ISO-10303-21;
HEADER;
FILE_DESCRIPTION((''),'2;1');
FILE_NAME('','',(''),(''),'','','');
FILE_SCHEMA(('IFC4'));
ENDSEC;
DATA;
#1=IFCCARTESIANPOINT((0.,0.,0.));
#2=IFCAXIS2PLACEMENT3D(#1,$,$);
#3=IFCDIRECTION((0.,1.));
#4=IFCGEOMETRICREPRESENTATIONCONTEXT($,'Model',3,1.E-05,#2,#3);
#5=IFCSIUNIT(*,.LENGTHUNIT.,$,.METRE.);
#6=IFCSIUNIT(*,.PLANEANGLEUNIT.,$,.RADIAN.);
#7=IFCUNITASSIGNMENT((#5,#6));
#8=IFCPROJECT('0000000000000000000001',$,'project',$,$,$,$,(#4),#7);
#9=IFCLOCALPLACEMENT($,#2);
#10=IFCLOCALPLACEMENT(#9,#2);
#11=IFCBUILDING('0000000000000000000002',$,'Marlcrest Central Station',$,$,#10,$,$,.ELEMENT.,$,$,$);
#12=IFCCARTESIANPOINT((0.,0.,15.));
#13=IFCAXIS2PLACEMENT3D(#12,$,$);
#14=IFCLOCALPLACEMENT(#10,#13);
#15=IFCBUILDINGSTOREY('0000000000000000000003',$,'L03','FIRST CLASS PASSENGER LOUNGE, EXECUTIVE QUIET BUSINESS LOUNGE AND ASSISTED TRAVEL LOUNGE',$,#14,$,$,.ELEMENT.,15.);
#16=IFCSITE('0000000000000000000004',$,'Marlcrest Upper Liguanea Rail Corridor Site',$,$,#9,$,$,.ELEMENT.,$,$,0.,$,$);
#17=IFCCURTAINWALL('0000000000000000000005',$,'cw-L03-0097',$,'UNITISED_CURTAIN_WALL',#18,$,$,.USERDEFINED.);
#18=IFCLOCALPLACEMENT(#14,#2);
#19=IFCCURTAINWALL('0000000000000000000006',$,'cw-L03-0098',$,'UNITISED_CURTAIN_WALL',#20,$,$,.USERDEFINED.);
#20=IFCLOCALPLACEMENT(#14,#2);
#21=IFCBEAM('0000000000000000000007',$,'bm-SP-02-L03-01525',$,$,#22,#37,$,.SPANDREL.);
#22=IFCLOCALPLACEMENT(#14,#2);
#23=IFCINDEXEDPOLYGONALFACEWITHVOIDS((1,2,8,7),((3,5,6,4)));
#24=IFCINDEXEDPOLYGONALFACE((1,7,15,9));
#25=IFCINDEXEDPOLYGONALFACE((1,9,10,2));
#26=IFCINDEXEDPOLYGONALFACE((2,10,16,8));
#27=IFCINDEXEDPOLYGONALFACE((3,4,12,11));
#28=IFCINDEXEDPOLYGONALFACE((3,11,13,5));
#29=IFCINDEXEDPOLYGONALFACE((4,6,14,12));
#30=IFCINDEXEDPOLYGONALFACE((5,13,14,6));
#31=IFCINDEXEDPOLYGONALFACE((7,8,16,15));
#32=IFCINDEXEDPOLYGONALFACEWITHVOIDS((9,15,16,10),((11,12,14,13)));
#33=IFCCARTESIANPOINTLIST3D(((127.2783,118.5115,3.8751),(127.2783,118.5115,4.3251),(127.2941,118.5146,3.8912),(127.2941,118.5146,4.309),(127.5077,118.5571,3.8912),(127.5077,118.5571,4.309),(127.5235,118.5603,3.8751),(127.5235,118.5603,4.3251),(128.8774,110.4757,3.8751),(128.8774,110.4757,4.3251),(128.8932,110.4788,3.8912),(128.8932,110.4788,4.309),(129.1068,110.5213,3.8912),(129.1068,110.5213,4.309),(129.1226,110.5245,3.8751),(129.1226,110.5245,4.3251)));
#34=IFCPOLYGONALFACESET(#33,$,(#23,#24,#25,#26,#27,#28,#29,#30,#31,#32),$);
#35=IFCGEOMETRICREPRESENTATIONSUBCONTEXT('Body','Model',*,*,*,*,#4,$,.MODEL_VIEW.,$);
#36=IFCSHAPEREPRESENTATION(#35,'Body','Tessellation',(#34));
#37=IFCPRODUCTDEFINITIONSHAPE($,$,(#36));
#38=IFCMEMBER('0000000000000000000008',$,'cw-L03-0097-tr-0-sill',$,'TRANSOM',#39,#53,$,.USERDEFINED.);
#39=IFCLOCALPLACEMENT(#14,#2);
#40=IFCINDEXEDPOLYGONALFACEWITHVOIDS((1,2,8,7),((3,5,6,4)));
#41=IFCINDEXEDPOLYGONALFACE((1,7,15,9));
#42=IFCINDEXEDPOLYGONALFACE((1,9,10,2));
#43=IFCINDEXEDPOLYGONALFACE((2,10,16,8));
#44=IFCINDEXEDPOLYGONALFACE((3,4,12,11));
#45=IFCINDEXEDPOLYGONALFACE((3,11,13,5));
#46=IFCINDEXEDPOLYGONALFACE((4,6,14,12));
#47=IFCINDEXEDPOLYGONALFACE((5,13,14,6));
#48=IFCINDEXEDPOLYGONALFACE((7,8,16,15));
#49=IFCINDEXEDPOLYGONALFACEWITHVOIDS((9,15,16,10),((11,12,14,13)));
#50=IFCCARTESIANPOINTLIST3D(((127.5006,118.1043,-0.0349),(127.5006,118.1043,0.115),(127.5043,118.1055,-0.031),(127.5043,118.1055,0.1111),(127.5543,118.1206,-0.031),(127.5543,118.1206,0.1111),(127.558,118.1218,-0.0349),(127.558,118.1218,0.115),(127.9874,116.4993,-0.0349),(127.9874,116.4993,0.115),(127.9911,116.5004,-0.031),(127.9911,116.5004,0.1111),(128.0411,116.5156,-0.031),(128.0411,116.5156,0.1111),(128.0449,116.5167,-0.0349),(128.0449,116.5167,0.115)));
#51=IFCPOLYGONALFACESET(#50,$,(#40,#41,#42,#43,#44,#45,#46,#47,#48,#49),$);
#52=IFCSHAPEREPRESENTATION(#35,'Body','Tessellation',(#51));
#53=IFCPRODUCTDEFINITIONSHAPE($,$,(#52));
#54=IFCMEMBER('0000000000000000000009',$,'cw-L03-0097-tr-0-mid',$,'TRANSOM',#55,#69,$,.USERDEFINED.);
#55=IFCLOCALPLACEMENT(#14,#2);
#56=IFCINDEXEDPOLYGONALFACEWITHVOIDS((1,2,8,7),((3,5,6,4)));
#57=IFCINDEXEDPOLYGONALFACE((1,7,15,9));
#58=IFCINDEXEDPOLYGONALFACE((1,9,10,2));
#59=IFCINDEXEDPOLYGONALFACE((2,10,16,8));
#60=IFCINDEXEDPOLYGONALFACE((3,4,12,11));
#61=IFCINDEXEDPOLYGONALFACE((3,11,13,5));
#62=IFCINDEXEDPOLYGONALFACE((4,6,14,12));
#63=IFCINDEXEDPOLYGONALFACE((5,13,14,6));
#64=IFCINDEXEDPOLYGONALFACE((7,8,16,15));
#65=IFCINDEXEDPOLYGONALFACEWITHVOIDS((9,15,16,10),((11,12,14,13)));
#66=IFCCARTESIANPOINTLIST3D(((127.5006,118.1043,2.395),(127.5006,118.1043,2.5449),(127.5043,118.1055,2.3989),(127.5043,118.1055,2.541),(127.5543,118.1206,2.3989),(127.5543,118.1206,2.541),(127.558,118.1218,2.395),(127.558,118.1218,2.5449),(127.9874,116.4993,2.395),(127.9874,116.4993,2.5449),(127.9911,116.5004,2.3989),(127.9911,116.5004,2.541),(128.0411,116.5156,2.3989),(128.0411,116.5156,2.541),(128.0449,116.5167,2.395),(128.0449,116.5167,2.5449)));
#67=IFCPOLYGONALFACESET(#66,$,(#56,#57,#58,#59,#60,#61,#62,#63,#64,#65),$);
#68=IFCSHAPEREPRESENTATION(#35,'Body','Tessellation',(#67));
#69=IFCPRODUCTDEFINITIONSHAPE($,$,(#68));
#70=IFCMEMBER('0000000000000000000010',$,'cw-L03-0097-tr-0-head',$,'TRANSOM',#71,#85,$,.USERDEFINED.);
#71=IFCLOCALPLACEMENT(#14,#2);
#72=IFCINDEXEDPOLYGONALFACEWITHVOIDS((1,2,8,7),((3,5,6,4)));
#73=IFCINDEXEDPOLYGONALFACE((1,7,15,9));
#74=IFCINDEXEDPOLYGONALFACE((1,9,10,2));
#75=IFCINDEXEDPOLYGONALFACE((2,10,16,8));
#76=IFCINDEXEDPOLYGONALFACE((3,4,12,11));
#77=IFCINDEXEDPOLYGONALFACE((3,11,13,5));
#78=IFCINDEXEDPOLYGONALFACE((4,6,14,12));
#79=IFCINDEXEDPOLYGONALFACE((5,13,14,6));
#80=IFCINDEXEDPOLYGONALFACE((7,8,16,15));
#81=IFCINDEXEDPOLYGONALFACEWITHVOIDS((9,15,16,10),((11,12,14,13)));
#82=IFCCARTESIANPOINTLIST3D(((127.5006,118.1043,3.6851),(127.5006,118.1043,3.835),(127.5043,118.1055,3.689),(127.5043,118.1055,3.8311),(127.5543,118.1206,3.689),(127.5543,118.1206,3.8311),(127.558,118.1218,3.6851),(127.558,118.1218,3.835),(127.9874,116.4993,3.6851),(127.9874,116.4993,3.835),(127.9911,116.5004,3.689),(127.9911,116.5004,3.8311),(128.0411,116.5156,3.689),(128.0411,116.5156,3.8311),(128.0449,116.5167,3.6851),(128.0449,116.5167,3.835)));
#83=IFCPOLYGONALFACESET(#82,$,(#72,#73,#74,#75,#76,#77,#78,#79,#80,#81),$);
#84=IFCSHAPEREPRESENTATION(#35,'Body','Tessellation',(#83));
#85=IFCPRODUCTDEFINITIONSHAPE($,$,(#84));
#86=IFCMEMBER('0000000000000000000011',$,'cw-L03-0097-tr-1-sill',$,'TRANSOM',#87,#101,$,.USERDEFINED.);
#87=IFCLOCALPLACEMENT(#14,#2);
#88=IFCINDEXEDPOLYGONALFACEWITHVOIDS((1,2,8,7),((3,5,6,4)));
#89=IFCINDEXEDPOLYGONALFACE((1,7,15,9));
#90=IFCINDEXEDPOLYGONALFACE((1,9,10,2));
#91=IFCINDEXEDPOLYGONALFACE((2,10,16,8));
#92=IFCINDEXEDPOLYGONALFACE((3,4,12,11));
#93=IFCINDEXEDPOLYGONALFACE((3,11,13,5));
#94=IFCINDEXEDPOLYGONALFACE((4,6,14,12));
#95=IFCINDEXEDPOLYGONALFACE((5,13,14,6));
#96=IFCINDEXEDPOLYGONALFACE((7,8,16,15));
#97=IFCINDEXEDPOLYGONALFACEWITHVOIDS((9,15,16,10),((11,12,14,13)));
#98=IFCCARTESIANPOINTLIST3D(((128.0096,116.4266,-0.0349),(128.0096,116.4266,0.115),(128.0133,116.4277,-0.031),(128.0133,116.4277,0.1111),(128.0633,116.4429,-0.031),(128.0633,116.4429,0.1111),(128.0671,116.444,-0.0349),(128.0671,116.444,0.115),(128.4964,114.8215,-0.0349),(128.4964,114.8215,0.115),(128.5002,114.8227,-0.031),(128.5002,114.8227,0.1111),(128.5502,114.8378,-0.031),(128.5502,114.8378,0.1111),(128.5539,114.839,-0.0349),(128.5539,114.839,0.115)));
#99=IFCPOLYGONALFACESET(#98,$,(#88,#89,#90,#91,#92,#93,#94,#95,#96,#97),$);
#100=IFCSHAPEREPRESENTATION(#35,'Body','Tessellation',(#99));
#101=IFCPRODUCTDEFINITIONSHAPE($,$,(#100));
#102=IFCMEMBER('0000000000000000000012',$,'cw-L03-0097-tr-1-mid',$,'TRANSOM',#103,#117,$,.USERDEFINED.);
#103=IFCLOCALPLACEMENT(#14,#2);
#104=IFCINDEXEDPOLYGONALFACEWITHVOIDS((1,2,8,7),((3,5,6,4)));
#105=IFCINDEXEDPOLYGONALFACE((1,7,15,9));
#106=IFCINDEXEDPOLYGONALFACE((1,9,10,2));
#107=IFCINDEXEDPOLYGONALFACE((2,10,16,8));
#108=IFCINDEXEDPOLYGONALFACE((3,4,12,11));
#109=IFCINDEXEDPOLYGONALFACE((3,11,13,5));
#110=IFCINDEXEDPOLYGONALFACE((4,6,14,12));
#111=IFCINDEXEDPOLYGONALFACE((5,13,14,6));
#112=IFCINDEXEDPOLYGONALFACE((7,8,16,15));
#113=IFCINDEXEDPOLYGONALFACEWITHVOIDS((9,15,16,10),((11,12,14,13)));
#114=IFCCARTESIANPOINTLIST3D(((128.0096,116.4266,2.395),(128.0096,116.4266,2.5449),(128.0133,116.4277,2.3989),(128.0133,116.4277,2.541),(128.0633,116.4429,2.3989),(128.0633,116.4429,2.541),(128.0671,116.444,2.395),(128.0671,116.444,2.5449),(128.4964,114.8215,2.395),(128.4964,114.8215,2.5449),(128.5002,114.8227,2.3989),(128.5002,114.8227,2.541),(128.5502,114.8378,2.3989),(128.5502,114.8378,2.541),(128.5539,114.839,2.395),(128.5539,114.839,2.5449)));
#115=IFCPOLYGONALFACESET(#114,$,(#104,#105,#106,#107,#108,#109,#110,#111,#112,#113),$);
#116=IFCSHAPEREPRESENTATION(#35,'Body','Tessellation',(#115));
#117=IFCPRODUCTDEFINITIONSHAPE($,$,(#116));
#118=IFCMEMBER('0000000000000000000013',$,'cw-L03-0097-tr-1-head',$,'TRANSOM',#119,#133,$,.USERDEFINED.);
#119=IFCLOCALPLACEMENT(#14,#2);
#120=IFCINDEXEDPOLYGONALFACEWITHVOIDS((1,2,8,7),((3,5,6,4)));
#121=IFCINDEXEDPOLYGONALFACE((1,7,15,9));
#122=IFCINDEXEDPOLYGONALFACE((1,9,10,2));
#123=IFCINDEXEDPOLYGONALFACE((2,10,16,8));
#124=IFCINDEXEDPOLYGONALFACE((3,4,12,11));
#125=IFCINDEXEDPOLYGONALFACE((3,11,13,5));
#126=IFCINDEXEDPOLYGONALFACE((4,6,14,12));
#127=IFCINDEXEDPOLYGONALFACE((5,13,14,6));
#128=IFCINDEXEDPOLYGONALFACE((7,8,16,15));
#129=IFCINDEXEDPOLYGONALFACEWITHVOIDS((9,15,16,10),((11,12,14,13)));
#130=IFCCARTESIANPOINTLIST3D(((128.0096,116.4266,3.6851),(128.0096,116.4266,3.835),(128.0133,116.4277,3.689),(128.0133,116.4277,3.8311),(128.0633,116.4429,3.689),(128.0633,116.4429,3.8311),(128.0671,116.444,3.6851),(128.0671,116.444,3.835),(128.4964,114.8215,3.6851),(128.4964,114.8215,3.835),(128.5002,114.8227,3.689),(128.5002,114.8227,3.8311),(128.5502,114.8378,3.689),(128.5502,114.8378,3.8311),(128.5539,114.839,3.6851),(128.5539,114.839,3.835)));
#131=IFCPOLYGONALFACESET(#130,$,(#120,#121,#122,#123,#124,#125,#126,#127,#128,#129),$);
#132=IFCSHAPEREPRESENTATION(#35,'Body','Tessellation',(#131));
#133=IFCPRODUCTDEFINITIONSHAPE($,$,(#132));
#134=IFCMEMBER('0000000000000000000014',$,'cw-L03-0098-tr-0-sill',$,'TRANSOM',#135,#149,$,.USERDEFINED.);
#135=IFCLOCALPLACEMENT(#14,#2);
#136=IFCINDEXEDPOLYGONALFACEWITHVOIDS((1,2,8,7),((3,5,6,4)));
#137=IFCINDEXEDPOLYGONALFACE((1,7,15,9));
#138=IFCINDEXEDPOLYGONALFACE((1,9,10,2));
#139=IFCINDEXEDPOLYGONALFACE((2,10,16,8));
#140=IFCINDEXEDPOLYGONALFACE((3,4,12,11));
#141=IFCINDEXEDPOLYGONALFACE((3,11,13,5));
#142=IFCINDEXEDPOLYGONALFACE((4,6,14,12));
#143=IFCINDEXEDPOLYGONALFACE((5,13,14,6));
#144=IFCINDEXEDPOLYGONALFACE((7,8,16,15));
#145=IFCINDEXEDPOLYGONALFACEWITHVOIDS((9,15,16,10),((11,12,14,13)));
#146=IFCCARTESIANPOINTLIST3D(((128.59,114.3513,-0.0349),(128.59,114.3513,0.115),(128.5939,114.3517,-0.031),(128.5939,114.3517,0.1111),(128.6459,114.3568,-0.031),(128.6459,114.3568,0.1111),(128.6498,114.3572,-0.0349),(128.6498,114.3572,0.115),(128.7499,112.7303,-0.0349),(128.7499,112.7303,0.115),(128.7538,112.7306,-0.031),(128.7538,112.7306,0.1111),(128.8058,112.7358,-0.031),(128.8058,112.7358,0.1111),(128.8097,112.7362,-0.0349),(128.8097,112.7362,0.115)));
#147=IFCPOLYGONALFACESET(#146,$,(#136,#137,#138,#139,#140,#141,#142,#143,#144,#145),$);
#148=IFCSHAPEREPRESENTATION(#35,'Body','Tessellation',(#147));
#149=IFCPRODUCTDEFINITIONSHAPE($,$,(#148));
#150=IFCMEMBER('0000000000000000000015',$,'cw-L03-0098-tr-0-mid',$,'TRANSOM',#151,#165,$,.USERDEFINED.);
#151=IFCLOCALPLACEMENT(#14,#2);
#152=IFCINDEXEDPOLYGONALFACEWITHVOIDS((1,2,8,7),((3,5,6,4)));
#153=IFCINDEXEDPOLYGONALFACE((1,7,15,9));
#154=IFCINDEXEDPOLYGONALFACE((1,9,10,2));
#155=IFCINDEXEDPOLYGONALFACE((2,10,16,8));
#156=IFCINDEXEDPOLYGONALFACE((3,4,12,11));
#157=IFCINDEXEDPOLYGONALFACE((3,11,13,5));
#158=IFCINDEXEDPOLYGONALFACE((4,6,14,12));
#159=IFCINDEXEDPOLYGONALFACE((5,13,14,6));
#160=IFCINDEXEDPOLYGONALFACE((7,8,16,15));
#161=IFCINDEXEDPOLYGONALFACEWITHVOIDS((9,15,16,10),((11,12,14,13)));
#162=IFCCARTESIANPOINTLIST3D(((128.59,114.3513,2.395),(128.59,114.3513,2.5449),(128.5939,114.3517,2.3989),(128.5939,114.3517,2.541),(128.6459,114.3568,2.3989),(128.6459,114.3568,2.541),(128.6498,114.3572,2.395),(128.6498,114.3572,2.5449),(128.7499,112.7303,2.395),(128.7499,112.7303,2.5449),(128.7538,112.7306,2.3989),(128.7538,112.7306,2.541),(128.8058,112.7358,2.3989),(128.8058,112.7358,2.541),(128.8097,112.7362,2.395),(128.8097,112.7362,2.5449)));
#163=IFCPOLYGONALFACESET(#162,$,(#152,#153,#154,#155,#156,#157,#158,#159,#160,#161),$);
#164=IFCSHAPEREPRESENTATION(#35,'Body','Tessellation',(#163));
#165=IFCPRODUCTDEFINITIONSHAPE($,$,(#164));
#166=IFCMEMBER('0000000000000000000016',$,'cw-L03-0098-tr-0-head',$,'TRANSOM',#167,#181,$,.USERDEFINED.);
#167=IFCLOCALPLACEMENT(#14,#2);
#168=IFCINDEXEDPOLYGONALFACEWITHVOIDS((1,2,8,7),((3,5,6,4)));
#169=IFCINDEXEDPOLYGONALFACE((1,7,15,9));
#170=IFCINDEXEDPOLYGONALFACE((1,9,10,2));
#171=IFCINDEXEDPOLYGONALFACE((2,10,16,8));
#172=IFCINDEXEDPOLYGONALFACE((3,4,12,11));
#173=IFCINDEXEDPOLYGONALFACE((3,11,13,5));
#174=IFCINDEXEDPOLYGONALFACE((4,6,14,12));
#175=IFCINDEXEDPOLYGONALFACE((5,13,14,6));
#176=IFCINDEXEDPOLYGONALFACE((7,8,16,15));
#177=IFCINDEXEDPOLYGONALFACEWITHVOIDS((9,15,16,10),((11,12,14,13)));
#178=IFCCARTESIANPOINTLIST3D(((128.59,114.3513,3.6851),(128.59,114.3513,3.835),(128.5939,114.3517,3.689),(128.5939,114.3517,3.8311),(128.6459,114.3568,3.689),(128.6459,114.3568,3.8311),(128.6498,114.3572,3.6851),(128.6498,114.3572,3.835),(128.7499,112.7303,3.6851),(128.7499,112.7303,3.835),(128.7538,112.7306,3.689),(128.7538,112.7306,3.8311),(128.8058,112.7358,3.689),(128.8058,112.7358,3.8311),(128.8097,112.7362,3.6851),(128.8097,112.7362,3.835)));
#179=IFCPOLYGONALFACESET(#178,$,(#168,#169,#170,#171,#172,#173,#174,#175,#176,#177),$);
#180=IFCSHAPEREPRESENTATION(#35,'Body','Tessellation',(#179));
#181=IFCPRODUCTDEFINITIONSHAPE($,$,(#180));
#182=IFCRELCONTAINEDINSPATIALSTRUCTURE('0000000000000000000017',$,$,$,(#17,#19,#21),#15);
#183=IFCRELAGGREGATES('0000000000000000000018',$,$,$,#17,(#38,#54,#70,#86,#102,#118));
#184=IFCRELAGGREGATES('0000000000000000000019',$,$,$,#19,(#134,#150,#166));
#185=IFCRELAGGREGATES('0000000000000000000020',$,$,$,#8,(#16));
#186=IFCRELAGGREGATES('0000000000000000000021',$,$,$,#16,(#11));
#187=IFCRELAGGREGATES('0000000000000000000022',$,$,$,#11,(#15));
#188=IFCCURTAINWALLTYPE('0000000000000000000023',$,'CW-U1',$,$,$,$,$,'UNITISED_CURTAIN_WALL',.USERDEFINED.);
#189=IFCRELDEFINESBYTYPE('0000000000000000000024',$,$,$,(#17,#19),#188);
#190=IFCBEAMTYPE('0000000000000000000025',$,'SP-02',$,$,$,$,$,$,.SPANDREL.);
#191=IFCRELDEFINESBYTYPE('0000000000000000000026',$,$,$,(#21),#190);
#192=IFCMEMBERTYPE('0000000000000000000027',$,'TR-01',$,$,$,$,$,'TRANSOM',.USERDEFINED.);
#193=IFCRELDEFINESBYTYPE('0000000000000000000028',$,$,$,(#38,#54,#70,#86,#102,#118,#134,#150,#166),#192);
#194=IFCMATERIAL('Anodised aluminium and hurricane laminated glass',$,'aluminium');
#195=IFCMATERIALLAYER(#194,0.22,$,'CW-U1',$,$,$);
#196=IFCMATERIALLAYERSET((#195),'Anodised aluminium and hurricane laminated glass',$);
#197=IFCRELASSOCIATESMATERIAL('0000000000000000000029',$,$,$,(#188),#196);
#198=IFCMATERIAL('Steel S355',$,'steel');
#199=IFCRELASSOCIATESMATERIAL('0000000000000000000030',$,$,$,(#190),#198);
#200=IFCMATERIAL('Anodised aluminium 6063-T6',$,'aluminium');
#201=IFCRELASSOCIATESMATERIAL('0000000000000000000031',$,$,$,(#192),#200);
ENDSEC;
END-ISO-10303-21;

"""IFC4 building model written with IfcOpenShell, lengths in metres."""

from ifc_helpers import new_model, si_unit, direction, frame, origin, origin_2d, place, context, subcontext, project, spatial, hollow_rectangle, extrude, material, layer, layer_set, material_profile, profile_set, type_object, element, aggregate, save


model = new_model("IFC4")

# Units and contexts
model_context = context("Model", 3, precision=1e-05, world=origin(), true_north=direction((0.0, 1.0)))
body_context = subcontext(model_context, "Body", "Model", "MODEL_VIEW")
ifc_project = project(units=[si_unit("LENGTHUNIT", "METRE"), si_unit("PLANEANGLEUNIT", "RADIAN")], contexts=[model_context])

# Site, building, storey
site_placement = place(None, origin())
site = spatial("IfcSite", under=ifc_project, at=site_placement, Name="Marlcrest Upper Liguanea Rail Corridor Site", CompositionType="ELEMENT", RefElevation=0.0)
building_placement = place(site_placement, origin())
building = spatial("IfcBuilding", under=site, at=building_placement, Name="Marlcrest Central Station", CompositionType="ELEMENT")
storey_placement = place(building_placement, frame((0.0, 0.0, 15.0)))
storey = spatial("IfcBuildingStorey", under=building, at=storey_placement, Name="L03", Description="FIRST CLASS PASSENGER LOUNGE, EXECUTIVE QUIET BUSINESS LOUNGE AND ASSISTED TRAVEL LOUNGE", CompositionType="ELEMENT", Elevation=15.0)

# Shared definitions
ifc_material_1 = material(Name="Steel S355", Category="steel")

# Shared definitions
ifc_material_2 = material(Name="Anodised aluminium and hurricane laminated glass", Category="aluminium")
ifc_layer_1 = layer(ifc_material_2, 0.22, Name="CW-U1")
ifc_layer_set_1 = layer_set([ifc_layer_1], Name="Anodised aluminium and hurricane laminated glass")
curtain_wall_type = type_object("IfcCurtainWallType", Name="CW-U1", ElementType="UNITISED_CURTAIN_WALL", PredefinedType="USERDEFINED", material=ifc_layer_set_1)
ifc_material_3 = material(Name="Anodised aluminium 6063-T6", Category="aluminium")

# Curtain walls
curtain_wall_1_placement = place(storey_placement, origin())
curtain_wall_1 = element("IfcCurtainWall", 1, at=curtain_wall_1_placement, inside=storey, type_object=curtain_wall_type, Name="cw-L03-0097", ObjectType="UNITISED_CURTAIN_WALL", PredefinedType="USERDEFINED")
curtain_wall_2_placement = place(storey_placement, origin())
curtain_wall_2 = element("IfcCurtainWall", 2, at=curtain_wall_2_placement, inside=storey, type_object=curtain_wall_type, Name="cw-L03-0098", ObjectType="UNITISED_CURTAIN_WALL", PredefinedType="USERDEFINED")

# Beam
ifc_material_profile_1 = material_profile(ifc_material_1, hollow_rectangle(XDim=0.25, YDim=0.45, WallThickness=0.0161, at=origin_2d()), Name="RHS 450x250x16")
ifc_profile_set_1 = profile_set([ifc_material_profile_1], Name="Steel S355")
beam_type = type_object("IfcBeamType", Name="SP-02", PredefinedType="SPANDREL", material=ifc_profile_set_1)
beam_placement = place(storey_placement, frame((127.4009, 118.5359, 4.1001), z_axis=(0.195171, -0.980769, 0.0), x_axis=(0.980769, 0.195171, 0.0)))
element("IfcBeam", 3, at=beam_placement, inside=storey, type_object=beam_type, Name="bm-SP-02-L03-01525", PredefinedType="SPANDREL", context=body_context, shape_type="SweptSolid", body=[
    extrude(hollow_rectangle(XDim=0.25, YDim=0.45, WallThickness=0.0161, at=origin_2d()), origin(), (0.0, 0.0, 1.0), 8.1934),
])

# Members
ifc_material_profile_2 = material_profile(ifc_material_3, hollow_rectangle(XDim=0.0601, YDim=0.1499, WallThickness=0.0039, at=origin_2d()), Name="AA-RHS 150x60x4")
ifc_profile_set_2 = profile_set([ifc_material_profile_2], Name="Anodised aluminium 6063-T6")
member_type_1 = type_object("IfcMemberType", Name="TR-01", ElementType="TRANSOM", PredefinedType="USERDEFINED", material=ifc_profile_set_2)
member_1_placement = place(storey_placement, frame((127.5293, 118.113, 0.04), z_axis=(0.290258, -0.956948, 0.0), x_axis=(0.956948, 0.290258, 0.0)))
member_1 = element("IfcMember", 4, at=member_1_placement, type_object=member_type_1, Name="cw-L03-0097-tr-0-sill", ObjectType="TRANSOM", PredefinedType="USERDEFINED", context=body_context, shape_type="SweptSolid", body=[
    extrude(hollow_rectangle(XDim=0.0601, YDim=0.1499, WallThickness=0.0039, at=origin_2d()), origin(), (0.0, 0.0, 1.0), 1.6772),
])
member_2_placement = place(storey_placement, frame((127.5293, 118.113, 2.47), z_axis=(0.290258, -0.956948, 0.0), x_axis=(0.956948, 0.290258, 0.0)))
member_2 = element("IfcMember", 5, at=member_2_placement, type_object=member_type_1, Name="cw-L03-0097-tr-0-mid", ObjectType="TRANSOM", PredefinedType="USERDEFINED", context=body_context, shape_type="SweptSolid", body=[
    extrude(hollow_rectangle(XDim=0.0601, YDim=0.1499, WallThickness=0.0039, at=origin_2d()), origin(), (0.0, 0.0, 1.0), 1.6772),
])
member_3_placement = place(storey_placement, frame((127.5293, 118.113, 3.76), z_axis=(0.290258, -0.956948, 0.0), x_axis=(0.956948, 0.290258, 0.0)))
member_3 = element("IfcMember", 6, at=member_3_placement, type_object=member_type_1, Name="cw-L03-0097-tr-0-head", ObjectType="TRANSOM", PredefinedType="USERDEFINED", context=body_context, shape_type="SweptSolid", body=[
    extrude(hollow_rectangle(XDim=0.0601, YDim=0.1499, WallThickness=0.0039, at=origin_2d()), origin(), (0.0, 0.0, 1.0), 1.6772),
])
member_4_placement = place(storey_placement, frame((128.0383, 116.4353, 0.04), z_axis=(0.290258, -0.956948, 0.0), x_axis=(0.956948, 0.290258, 0.0)))
member_4 = element("IfcMember", 7, at=member_4_placement, type_object=member_type_1, Name="cw-L03-0097-tr-1-sill", ObjectType="TRANSOM", PredefinedType="USERDEFINED", context=body_context, shape_type="SweptSolid", body=[
    extrude(hollow_rectangle(XDim=0.0601, YDim=0.1499, WallThickness=0.0039, at=origin_2d()), origin(), (0.0, 0.0, 1.0), 1.6772),
])
member_5_placement = place(storey_placement, frame((128.0383, 116.4353, 2.47), z_axis=(0.290258, -0.956948, 0.0), x_axis=(0.956948, 0.290258, 0.0)))
member_5 = element("IfcMember", 8, at=member_5_placement, type_object=member_type_1, Name="cw-L03-0097-tr-1-mid", ObjectType="TRANSOM", PredefinedType="USERDEFINED", context=body_context, shape_type="SweptSolid", body=[
    extrude(hollow_rectangle(XDim=0.0601, YDim=0.1499, WallThickness=0.0039, at=origin_2d()), origin(), (0.0, 0.0, 1.0), 1.6772),
])
member_6_placement = place(storey_placement, frame((128.0383, 116.4353, 3.76), z_axis=(0.290258, -0.956948, 0.0), x_axis=(0.956948, 0.290258, 0.0)))
member_6 = element("IfcMember", 9, at=member_6_placement, type_object=member_type_1, Name="cw-L03-0097-tr-1-head", ObjectType="TRANSOM", PredefinedType="USERDEFINED", context=body_context, shape_type="SweptSolid", body=[
    extrude(hollow_rectangle(XDim=0.0601, YDim=0.1499, WallThickness=0.0039, at=origin_2d()), origin(), (0.0, 0.0, 1.0), 1.6772),
])
member_7_placement = place(storey_placement, frame((128.6199, 114.3542, 0.04), z_axis=(0.098168, -0.99517, 0.0), x_axis=(0.99517, 0.098168, 0.0)))
member_7 = element("IfcMember", 10, at=member_7_placement, type_object=member_type_1, Name="cw-L03-0098-tr-0-sill", ObjectType="TRANSOM", PredefinedType="USERDEFINED", context=body_context, shape_type="SweptSolid", body=[
    extrude(hollow_rectangle(XDim=0.0601, YDim=0.1499, WallThickness=0.0039, at=origin_2d()), origin(), (0.0, 0.0, 1.0), 1.6289),
])
member_8_placement = place(storey_placement, frame((128.6199, 114.3542, 2.47), z_axis=(0.098168, -0.99517, 0.0), x_axis=(0.99517, 0.098168, 0.0)))
member_8 = element("IfcMember", 11, at=member_8_placement, type_object=member_type_1, Name="cw-L03-0098-tr-0-mid", ObjectType="TRANSOM", PredefinedType="USERDEFINED", context=body_context, shape_type="SweptSolid", body=[
    extrude(hollow_rectangle(XDim=0.0601, YDim=0.1499, WallThickness=0.0039, at=origin_2d()), origin(), (0.0, 0.0, 1.0), 1.6289),
])
member_9_placement = place(storey_placement, frame((128.6199, 114.3542, 3.76), z_axis=(0.098168, -0.99517, 0.0), x_axis=(0.99517, 0.098168, 0.0)))
member_9 = element("IfcMember", 12, at=member_9_placement, type_object=member_type_1, Name="cw-L03-0098-tr-0-head", ObjectType="TRANSOM", PredefinedType="USERDEFINED", context=body_context, shape_type="SweptSolid", body=[
    extrude(hollow_rectangle(XDim=0.0601, YDim=0.1499, WallThickness=0.0039, at=origin_2d()), origin(), (0.0, 0.0, 1.0), 1.6289),
])

aggregate(curtain_wall_1, [member_1, member_2, member_3, member_4, member_5, member_6])
aggregate(curtain_wall_2, [member_7, member_8, member_9])

save(model, "model.ifc")
